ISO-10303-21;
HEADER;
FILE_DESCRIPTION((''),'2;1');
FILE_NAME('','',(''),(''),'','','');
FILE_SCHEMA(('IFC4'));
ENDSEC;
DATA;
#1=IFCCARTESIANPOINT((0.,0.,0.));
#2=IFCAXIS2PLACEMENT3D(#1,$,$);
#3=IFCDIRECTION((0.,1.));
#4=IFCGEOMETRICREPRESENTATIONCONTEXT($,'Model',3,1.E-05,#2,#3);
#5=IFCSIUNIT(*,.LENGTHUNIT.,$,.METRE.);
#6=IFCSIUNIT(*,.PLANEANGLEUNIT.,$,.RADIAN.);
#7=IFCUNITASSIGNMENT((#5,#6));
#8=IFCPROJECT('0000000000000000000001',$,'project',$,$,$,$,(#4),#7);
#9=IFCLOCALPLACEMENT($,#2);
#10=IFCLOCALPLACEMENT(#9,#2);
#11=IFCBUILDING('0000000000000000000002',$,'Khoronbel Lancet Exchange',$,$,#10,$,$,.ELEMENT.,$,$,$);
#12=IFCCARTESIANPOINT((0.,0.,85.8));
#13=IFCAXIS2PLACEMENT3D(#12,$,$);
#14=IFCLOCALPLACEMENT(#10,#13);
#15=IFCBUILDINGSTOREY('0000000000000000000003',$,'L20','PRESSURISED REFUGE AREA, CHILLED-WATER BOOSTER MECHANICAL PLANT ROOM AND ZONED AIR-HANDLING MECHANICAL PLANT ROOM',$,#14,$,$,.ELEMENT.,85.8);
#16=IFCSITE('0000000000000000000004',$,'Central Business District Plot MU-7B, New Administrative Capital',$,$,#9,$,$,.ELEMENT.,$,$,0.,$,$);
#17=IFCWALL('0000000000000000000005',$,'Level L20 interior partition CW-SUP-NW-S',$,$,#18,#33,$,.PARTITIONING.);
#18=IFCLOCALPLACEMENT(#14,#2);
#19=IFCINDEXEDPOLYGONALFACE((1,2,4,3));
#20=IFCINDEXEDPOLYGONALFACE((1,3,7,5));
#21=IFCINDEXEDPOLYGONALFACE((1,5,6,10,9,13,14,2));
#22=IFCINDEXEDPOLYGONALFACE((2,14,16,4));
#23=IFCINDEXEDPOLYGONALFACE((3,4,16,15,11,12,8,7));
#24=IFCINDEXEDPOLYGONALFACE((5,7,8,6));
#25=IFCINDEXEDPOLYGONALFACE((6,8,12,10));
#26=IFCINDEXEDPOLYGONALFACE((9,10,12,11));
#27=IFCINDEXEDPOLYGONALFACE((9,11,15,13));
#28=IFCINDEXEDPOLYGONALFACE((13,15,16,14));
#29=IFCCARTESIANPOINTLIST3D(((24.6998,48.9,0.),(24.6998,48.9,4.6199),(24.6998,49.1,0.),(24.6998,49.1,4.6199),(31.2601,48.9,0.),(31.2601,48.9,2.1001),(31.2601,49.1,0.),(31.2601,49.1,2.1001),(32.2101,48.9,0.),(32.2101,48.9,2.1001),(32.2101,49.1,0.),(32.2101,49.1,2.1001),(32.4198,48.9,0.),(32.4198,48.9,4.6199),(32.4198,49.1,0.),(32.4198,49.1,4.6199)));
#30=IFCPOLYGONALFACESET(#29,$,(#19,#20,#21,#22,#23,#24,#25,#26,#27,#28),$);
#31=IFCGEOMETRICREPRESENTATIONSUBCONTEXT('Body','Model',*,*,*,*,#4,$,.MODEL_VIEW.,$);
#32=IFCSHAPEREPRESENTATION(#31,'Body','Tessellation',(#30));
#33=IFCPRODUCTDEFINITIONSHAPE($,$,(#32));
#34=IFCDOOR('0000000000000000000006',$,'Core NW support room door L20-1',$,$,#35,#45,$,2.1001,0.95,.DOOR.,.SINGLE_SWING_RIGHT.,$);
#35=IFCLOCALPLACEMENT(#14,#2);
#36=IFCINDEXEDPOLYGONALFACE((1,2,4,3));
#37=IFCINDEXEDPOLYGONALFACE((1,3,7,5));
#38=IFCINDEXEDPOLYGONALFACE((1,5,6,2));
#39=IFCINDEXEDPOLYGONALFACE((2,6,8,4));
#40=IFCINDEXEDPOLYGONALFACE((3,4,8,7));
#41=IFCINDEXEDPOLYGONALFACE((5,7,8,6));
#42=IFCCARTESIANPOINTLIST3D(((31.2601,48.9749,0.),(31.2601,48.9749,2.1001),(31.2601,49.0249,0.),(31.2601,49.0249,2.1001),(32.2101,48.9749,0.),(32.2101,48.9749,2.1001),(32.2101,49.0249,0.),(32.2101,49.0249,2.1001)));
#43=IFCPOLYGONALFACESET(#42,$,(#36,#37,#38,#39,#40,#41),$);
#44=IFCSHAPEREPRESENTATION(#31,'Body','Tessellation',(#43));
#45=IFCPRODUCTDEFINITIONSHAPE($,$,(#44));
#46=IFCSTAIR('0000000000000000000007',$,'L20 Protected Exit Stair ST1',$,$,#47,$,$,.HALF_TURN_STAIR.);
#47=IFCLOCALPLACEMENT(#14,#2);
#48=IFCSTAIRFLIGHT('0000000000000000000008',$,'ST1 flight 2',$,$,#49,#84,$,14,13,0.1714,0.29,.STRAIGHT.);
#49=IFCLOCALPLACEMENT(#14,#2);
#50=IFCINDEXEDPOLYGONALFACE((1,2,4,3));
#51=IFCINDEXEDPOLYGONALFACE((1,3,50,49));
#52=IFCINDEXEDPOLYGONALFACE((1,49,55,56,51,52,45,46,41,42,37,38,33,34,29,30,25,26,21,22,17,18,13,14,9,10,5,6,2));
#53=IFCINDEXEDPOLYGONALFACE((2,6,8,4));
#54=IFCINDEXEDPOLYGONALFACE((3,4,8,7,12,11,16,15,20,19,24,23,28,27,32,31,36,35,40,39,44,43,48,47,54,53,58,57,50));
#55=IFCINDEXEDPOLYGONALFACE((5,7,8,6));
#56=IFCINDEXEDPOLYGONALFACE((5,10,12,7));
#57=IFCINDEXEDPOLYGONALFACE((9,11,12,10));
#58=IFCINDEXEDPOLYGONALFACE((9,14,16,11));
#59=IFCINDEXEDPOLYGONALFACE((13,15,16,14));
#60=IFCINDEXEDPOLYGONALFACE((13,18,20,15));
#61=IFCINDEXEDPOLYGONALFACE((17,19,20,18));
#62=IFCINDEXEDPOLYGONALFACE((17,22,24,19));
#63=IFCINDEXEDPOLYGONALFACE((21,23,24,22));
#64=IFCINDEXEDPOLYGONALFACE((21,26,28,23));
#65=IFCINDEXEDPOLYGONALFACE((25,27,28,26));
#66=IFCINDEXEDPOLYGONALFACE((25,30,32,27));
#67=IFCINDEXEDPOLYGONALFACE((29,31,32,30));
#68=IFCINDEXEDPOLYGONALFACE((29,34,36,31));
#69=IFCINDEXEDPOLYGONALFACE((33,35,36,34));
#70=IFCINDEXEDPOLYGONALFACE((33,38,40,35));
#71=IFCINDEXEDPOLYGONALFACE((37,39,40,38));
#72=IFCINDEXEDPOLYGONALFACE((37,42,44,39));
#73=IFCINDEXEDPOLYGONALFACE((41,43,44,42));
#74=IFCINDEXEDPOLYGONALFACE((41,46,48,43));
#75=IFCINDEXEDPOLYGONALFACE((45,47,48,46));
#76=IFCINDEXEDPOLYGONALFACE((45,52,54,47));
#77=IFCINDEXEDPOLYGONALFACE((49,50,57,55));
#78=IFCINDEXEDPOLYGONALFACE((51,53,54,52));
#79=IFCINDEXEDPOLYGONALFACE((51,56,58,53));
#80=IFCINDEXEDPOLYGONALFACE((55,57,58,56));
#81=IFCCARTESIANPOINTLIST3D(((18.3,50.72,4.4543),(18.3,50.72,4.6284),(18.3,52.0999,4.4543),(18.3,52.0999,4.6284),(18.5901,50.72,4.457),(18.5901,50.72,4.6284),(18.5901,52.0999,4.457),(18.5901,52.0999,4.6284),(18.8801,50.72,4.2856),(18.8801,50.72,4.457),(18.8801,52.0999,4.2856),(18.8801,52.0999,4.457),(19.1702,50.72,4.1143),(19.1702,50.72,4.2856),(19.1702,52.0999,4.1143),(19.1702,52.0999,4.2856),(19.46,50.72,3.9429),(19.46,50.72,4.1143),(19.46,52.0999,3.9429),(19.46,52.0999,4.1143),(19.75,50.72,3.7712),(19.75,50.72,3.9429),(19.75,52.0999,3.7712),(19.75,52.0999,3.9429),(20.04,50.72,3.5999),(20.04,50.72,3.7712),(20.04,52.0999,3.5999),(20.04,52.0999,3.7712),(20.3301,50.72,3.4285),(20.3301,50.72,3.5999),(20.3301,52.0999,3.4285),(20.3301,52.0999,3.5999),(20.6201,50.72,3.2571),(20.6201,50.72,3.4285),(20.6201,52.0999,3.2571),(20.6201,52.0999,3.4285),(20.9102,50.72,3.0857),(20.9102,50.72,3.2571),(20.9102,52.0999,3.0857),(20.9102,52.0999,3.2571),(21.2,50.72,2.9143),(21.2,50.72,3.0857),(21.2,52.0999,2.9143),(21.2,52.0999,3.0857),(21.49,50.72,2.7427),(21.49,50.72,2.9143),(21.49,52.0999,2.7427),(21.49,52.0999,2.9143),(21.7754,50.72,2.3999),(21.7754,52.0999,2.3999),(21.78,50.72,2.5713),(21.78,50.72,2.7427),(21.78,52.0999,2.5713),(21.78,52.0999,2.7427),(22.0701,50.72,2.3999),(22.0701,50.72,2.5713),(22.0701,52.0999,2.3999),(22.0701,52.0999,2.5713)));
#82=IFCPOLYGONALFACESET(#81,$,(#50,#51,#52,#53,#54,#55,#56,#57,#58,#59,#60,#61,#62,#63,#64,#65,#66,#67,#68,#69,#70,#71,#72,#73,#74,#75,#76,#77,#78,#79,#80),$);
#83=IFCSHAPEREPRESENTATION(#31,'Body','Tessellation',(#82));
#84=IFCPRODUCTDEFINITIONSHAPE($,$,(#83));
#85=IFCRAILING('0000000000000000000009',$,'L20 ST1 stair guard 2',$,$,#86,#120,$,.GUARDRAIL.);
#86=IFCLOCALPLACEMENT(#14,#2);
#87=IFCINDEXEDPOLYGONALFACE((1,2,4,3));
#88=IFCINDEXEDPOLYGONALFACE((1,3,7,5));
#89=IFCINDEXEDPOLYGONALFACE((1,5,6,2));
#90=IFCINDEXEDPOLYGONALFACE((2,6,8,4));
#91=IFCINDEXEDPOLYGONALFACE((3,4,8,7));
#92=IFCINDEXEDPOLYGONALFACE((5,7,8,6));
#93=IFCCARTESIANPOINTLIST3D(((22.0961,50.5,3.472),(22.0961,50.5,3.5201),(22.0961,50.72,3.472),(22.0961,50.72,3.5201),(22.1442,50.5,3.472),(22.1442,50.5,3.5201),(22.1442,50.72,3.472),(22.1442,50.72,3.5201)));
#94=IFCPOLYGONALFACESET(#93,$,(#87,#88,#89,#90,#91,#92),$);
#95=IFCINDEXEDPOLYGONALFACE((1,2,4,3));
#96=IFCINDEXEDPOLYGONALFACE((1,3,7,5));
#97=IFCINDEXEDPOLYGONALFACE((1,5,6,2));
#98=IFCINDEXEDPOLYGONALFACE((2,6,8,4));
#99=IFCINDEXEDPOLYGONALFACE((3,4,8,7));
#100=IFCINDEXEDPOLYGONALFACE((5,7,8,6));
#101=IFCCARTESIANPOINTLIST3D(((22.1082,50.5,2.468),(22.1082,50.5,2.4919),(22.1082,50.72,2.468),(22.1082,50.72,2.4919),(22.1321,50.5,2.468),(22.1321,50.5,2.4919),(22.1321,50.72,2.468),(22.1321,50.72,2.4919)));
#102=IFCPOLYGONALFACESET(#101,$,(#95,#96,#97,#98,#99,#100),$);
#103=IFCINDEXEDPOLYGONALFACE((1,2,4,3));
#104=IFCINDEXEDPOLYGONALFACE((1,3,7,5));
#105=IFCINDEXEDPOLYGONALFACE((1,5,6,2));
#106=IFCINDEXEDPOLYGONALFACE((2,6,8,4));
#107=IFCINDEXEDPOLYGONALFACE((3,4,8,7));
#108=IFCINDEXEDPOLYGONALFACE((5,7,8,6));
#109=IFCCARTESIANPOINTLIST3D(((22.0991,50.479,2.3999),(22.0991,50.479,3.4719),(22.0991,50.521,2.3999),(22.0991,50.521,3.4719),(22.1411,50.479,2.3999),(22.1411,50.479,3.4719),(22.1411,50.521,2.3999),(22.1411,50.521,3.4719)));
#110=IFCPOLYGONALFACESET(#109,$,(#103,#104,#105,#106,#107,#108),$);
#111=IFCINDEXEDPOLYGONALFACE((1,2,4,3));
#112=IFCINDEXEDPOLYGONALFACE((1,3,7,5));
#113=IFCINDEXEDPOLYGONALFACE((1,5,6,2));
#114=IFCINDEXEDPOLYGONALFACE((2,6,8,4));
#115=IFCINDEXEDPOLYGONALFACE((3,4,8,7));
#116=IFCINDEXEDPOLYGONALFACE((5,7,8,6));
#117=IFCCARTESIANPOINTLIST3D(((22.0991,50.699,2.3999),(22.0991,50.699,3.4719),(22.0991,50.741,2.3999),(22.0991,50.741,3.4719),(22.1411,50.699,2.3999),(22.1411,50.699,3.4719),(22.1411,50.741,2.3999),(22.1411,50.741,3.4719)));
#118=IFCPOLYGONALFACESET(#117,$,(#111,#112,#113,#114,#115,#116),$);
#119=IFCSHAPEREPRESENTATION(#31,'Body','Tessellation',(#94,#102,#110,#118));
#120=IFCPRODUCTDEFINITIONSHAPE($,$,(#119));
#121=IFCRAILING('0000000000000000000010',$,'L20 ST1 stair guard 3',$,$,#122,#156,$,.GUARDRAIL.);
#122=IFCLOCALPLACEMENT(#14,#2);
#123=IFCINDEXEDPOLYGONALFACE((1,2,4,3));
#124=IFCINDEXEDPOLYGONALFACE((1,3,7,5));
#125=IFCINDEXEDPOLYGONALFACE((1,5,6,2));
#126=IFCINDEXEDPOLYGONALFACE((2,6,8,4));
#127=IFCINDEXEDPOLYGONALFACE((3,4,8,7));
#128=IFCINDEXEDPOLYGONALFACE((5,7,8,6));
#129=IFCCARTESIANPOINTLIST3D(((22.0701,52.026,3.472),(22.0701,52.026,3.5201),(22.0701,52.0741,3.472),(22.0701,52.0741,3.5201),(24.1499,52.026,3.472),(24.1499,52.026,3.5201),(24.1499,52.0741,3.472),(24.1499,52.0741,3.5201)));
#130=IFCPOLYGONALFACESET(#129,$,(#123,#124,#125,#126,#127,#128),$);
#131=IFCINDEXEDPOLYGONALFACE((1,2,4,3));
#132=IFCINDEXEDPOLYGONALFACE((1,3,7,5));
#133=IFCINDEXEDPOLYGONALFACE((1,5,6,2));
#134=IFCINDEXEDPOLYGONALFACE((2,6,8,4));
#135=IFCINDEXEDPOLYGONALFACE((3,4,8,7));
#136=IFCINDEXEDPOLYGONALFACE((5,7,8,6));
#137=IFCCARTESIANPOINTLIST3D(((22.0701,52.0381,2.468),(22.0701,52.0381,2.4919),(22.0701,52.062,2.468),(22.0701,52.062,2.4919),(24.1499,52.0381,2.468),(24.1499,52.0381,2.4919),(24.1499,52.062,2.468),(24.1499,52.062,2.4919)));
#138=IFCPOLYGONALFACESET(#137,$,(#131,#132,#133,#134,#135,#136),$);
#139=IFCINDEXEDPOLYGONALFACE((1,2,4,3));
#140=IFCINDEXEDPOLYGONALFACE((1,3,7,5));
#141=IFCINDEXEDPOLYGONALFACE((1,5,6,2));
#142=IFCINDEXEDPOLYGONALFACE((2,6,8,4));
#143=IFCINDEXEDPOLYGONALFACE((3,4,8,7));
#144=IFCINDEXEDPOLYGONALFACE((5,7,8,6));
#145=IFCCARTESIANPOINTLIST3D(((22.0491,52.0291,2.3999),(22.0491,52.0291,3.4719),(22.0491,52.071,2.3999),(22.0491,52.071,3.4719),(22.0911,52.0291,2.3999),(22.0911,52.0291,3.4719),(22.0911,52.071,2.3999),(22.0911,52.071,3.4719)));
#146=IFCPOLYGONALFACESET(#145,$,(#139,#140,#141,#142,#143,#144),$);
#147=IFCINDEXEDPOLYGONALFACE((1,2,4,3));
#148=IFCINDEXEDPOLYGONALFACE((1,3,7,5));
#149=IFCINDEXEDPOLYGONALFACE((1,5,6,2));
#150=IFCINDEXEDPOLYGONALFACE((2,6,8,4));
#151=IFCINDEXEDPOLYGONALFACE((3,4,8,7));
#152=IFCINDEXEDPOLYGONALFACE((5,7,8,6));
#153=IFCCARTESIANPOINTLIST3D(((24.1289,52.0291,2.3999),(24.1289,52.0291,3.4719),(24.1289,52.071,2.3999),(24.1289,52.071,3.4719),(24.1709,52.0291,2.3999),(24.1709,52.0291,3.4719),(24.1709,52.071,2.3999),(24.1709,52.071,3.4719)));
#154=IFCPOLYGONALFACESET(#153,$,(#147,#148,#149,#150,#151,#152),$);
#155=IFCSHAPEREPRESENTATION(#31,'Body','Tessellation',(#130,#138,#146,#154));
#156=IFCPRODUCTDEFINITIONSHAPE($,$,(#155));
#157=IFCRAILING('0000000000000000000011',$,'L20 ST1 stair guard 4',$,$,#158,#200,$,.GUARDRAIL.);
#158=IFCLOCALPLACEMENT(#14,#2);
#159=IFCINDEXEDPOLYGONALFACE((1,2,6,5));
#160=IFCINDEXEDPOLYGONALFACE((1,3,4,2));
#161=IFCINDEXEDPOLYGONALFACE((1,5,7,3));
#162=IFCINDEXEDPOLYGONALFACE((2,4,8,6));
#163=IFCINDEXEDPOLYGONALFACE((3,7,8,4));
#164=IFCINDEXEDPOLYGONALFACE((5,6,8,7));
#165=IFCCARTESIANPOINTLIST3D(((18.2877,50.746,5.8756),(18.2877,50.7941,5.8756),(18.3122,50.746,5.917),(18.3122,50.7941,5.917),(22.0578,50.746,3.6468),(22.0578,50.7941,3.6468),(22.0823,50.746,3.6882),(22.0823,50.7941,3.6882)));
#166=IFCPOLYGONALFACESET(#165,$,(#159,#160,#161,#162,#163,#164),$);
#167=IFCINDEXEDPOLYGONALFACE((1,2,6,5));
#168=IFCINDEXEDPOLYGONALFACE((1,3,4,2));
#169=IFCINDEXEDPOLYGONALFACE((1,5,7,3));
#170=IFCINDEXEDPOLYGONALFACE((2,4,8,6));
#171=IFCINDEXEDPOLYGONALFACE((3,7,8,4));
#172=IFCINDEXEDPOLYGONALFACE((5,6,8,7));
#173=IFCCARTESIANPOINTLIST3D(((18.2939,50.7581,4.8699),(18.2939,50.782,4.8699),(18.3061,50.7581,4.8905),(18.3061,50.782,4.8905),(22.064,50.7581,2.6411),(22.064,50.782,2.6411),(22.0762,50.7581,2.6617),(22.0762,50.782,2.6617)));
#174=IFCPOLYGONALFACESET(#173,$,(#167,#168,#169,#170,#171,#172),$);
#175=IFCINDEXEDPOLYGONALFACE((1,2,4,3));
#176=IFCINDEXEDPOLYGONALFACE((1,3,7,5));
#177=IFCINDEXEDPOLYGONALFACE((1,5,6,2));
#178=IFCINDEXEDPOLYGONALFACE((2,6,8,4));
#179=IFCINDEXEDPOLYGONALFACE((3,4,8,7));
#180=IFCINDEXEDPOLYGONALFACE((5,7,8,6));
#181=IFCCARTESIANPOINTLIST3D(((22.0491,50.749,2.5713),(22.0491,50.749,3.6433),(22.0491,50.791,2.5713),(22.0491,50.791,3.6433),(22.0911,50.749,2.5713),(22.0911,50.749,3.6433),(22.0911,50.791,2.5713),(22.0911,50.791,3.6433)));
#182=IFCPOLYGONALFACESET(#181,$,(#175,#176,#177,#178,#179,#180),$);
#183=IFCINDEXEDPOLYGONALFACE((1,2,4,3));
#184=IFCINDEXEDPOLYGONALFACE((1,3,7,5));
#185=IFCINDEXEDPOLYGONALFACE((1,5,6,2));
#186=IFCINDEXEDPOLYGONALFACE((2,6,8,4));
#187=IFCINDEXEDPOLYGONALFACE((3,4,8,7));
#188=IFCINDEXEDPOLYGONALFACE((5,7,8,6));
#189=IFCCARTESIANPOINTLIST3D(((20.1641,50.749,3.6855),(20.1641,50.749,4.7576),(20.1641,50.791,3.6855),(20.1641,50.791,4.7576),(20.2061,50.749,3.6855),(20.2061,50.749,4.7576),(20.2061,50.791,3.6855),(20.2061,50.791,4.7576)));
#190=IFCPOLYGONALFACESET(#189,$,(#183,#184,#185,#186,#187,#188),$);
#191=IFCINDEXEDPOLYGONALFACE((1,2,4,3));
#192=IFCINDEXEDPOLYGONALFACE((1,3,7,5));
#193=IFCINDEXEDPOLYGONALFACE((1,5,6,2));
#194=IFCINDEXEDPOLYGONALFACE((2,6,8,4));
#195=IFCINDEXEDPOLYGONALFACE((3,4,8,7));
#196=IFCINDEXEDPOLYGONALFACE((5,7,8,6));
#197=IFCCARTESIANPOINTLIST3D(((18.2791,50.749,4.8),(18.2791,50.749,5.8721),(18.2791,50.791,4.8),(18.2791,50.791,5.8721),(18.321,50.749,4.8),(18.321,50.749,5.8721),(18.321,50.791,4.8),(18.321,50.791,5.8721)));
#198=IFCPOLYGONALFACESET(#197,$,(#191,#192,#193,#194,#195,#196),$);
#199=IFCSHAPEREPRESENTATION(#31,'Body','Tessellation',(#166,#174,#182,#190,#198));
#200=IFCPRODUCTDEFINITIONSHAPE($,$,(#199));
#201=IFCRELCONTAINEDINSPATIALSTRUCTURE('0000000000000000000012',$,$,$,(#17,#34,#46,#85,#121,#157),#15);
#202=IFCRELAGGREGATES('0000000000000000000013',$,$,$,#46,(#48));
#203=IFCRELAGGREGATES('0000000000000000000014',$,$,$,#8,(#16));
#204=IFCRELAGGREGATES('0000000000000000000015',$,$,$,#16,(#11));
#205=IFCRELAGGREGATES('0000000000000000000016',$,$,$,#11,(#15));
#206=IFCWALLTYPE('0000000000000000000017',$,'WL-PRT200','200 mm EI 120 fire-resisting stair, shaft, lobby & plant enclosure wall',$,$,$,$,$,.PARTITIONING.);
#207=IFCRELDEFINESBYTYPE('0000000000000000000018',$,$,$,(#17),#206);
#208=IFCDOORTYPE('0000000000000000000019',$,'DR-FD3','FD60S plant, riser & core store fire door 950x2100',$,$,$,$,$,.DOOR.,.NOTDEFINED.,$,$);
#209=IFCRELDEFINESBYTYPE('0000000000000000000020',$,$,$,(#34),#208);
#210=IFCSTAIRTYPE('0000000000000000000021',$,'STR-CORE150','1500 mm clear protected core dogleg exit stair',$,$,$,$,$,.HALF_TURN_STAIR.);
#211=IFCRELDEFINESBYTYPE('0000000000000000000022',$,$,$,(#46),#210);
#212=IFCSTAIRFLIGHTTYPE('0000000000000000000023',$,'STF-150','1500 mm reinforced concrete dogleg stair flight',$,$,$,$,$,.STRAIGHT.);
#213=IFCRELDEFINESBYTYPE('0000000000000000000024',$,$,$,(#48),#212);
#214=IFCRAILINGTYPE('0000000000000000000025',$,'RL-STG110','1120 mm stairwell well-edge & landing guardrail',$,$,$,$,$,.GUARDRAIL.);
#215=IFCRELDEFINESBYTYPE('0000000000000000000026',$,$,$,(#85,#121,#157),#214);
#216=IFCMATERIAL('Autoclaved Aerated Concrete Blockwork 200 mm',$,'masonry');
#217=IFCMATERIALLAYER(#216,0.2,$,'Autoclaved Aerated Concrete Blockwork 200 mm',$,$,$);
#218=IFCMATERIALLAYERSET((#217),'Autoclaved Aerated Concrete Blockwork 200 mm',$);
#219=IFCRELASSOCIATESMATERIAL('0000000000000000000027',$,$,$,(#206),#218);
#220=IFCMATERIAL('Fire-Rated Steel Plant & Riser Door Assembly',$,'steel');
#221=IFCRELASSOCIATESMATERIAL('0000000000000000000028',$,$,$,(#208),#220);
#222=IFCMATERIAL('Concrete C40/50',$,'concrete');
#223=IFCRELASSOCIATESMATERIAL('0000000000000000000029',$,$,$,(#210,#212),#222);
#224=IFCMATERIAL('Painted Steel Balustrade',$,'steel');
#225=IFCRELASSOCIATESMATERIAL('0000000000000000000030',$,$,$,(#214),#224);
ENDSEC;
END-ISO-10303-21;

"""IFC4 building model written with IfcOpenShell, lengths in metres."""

from ifc_helpers import new_model, si_unit, direction, frame, frame_2d, origin, origin_2d, place, context, subcontext, project, spatial, polyline, rectangle, outline, extrude, material, layer, layer_set, type_object, element, fill, aggregate, save


model = new_model("IFC4")

# Units and contexts
model_context = context("Model", 3, precision=1e-05, world=origin(), true_north=direction((0.0, 1.0)))
body_context = subcontext(model_context, "Body", "Model", "MODEL_VIEW")
ifc_project = project(units=[si_unit("LENGTHUNIT", "METRE"), si_unit("PLANEANGLEUNIT", "RADIAN")], contexts=[model_context])

# Site, building, storey
site_placement = place(None, origin())
site = spatial("IfcSite", under=ifc_project, at=site_placement, Name="Central Business District Plot MU-7B, New Administrative Capital", CompositionType="ELEMENT", RefElevation=0.0)
building_placement = place(site_placement, origin())
building = spatial("IfcBuilding", under=site, at=building_placement, Name="Khoronbel Lancet Exchange", CompositionType="ELEMENT")
storey_placement = place(building_placement, frame((0.0, 0.0, 85.8)))
storey = spatial("IfcBuildingStorey", under=building, at=storey_placement, Name="L20", Description="PRESSURISED REFUGE AREA, CHILLED-WATER BOOSTER MECHANICAL PLANT ROOM AND ZONED AIR-HANDLING MECHANICAL PLANT ROOM", CompositionType="ELEMENT", Elevation=85.8)

# Shared definitions
ifc_material_1 = material(Name="Autoclaved Aerated Concrete Blockwork 200 mm", Category="masonry")
ifc_layer = layer(ifc_material_1, 0.2, Name="Autoclaved Aerated Concrete Blockwork 200 mm")
ifc_layer_set = layer_set([ifc_layer], Name="Autoclaved Aerated Concrete Blockwork 200 mm")
wall_type = type_object("IfcWallType", Name="WL-PRT200", Description="200 mm EI 120 fire-resisting stair, shaft, lobby & plant enclosure wall", PredefinedType="PARTITIONING", material=ifc_layer_set)

# Wall, opening, door
wall_1_placement = place(storey_placement, frame((24.7, 49.0, 0.0), z_axis=(0.0, 0.0, 1.0), x_axis=(1.0, 0.0, 0.0)))
wall_1 = element("IfcWall", 1, at=wall_1_placement, inside=storey, type_object=wall_type, Name="Level L20 interior partition CW-SUP-NW-S", PredefinedType="PARTITIONING", context=body_context, shape_type="SweptSolid", body=[
    extrude(rectangle(XDim=7.72, YDim=0.2, at=frame_2d((3.8599, 0.0))), origin(), (0.0, 0.0, 1.0), 4.6199),
])
opening_1_placement = place(wall_1_placement, frame((6.5601, 0.0, 0.0)))
opening_1 = element("IfcOpeningElement", 2, at=opening_1_placement, cuts=wall_1, PredefinedType="OPENING", context=body_context, shape_type="SweptSolid", body=[
    extrude(rectangle(XDim=0.95, YDim=2.1001, at=frame_2d((0.4751, 1.05))), frame((0.0, 0.1099, 0.0), z_axis=(0.0, -1.0, 0.0), x_axis=(1.0, 0.0, 0.0)), (0.0, 0.0, 1.0), 0.22),
])
ifc_material_2 = material(Name="Fire-Rated Steel Plant & Riser Door Assembly", Category="steel")
door_type_1 = type_object("IfcDoorType", Name="DR-FD3", Description="FD60S plant, riser & core store fire door 950x2100", OperationType="NOTDEFINED", PredefinedType="DOOR", material=ifc_material_2)
door_1_placement = place(opening_1_placement, origin())
door_1 = element("IfcDoor", 3, at=door_1_placement, inside=storey, type_object=door_type_1, Name="Core NW support room door L20-1", OperationType="SINGLE_SWING_RIGHT", OverallHeight=2.1001, OverallWidth=0.95, PredefinedType="DOOR", context=body_context, shape_type="SweptSolid", body=[
    extrude(rectangle(XDim=0.95, YDim=2.1001, at=frame_2d((0.4751, 1.05))), frame((0.0, 0.0249, 0.0), z_axis=(0.0, -1.0, 0.0), x_axis=(1.0, 0.0, 0.0)), (0.0, 0.0, 1.0), 0.05),
])
fill(opening_1, door_1)

# Stair, stair flight
ifc_material_3 = material(Name="Concrete C40/50", Category="concrete")
stair_type = type_object("IfcStairType", Name="STR-CORE150", Description="1500 mm clear protected core dogleg exit stair", PredefinedType="HALF_TURN_STAIR", material=ifc_material_3)
stair_placement = place(storey_placement, origin())
stair = element("IfcStair", 4, at=stair_placement, inside=storey, type_object=stair_type, Name="L20 Protected Exit Stair ST1", PredefinedType="HALF_TURN_STAIR")
stair_flight_type = type_object("IfcStairFlightType", Name="STF-150", Description="1500 mm reinforced concrete dogleg stair flight", PredefinedType="STRAIGHT", material=ifc_material_3)
stair_flight_placement = place(storey_placement, frame((22.0701, 51.4099, 2.3999), z_axis=(0.0, 0.0, 1.0), x_axis=(-1.0, 0.0, 0.0)))
stair_flight = element("IfcStairFlight", 5, at=stair_flight_placement, type_object=stair_flight_type, Name="ST1 flight 2", NumberOfRisers=14, NumberOfTreads=13, PredefinedType="STRAIGHT", RiserHeight=0.1714, TreadLength=0.29, context=body_context, shape_type="SweptSolid", body=[
    extrude(outline(polyline([(0.0, 0.0), (0.0, 0.1714), (0.29, 0.1714), (0.29, 0.3428), (0.5801, 0.3428), (0.5801, 0.5144), (0.8701, 0.5144), (0.8701, 0.6858), (1.1599, 0.6858), (1.1599, 0.8572), (1.45, 0.8572), (1.45, 1.0286), (1.74, 1.0286), (1.74, 1.2), (2.03, 1.2), (2.03, 1.3713), (2.3201, 1.3713), (2.3201, 1.543), (2.6101, 1.543), (2.6101, 1.7144), (2.8999, 1.7144), (2.8999, 1.8857), (3.1899, 1.8857), (3.1899, 2.0571), (3.48, 2.0571), (3.48, 2.2285), (3.77, 2.2285), (3.77, 2.3999), (3.77, 2.0544), (0.2947, 0.0), (0.0, 0.0)])), frame((0.0, 0.6899, 0.0), z_axis=(0.0, -1.0, 0.0), x_axis=(1.0, 0.0, 0.0)), (0.0, 0.0, 1.0), 1.3799),
])
aggregate(stair, [stair_flight])

# Railings
ifc_material_4 = material(Name="Painted Steel Balustrade", Category="steel")
railing_type_1 = type_object("IfcRailingType", Name="RL-STG110", Description="1120 mm stairwell well-edge & landing guardrail", PredefinedType="GUARDRAIL", material=ifc_material_4)
railing_1_placement = place(storey_placement, frame((22.1201, 50.5, 2.3999)))
element("IfcRailing", 6, at=railing_1_placement, inside=storey, type_object=railing_type_1, Name="L20 ST1 stair guard 2", PredefinedType="GUARDRAIL", context=body_context, shape_type="SweptSolid", body=[
    extrude(rectangle(XDim=0.0481, YDim=0.0481, at=origin_2d()), frame((0.0, 0.0, 1.0962), z_axis=(0.0, 1.0, 0.0), x_axis=(-1.0, 0.0, 0.0)), (0.0, 0.0, 1.0), 0.22),
    extrude(rectangle(XDim=0.0239, YDim=0.0239, at=origin_2d()), frame((0.0, 0.0, 0.0801), z_axis=(0.0, 1.0, 0.0), x_axis=(-1.0, 0.0, 0.0)), (0.0, 0.0, 1.0), 0.22),
    extrude(rectangle(XDim=0.042, YDim=0.042, at=origin_2d()), origin(), (0.0, 0.0, 1.0), 1.072),
    extrude(rectangle(XDim=0.042, YDim=0.042, at=origin_2d()), frame((0.0, 0.22, 0.0)), (0.0, 0.0, 1.0), 1.072),
])
railing_2_placement = place(storey_placement, frame((22.0701, 52.05, 2.3999)))
element("IfcRailing", 7, at=railing_2_placement, inside=storey, type_object=railing_type_1, Name="L20 ST1 stair guard 3", PredefinedType="GUARDRAIL", context=body_context, shape_type="SweptSolid", body=[
    extrude(rectangle(XDim=0.0481, YDim=0.0481, at=origin_2d()), frame((0.0, 0.0, 1.0962), z_axis=(1.0, 0.0, 0.0), x_axis=(0.0, 1.0, 0.0)), (0.0, 0.0, 1.0), 2.0798),
    extrude(rectangle(XDim=0.0239, YDim=0.0239, at=origin_2d()), frame((0.0, 0.0, 0.0801), z_axis=(1.0, 0.0, 0.0), x_axis=(0.0, 1.0, 0.0)), (0.0, 0.0, 1.0), 2.0798),
    extrude(rectangle(XDim=0.042, YDim=0.042, at=origin_2d()), origin(), (0.0, 0.0, 1.0), 1.072),
    extrude(rectangle(XDim=0.042, YDim=0.042, at=origin_2d()), frame((2.0798, 0.0, 0.0)), (0.0, 0.0, 1.0), 1.072),
])
railing_3_placement = place(storey_placement, frame((22.0701, 50.77, 2.5713)))
element("IfcRailing", 8, at=railing_3_placement, inside=storey, type_object=railing_type_1, Name="L20 ST1 stair guard 4", PredefinedType="GUARDRAIL", context=body_context, shape_type="SweptSolid", body=[
    extrude(rectangle(XDim=0.0481, YDim=0.0481, at=origin_2d()), frame((0.0, 0.0, 1.0962), z_axis=(-0.860824, 0.0, 0.508902), x_axis=(0.0, -1.0, 0.0)), (0.0, 0.0, 1.0), 4.3796),
    extrude(rectangle(XDim=0.0239, YDim=0.0239, at=origin_2d()), frame((0.0, 0.0, 0.0801), z_axis=(-0.860824, 0.0, 0.508902), x_axis=(0.0, -1.0, 0.0)), (0.0, 0.0, 1.0), 4.3796),
    extrude(rectangle(XDim=0.042, YDim=0.042, at=origin_2d()), origin(), (0.0, 0.0, 1.0), 1.072),
    extrude(rectangle(XDim=0.042, YDim=0.042, at=origin_2d()), frame((-1.885, 0.0, 1.1143)), (0.0, 0.0, 1.0), 1.072),
    extrude(rectangle(XDim=0.042, YDim=0.042, at=origin_2d()), frame((-3.77, 0.0, 2.2288)), (0.0, 0.0, 1.0), 1.072),
])

save(model, "model.ifc")
